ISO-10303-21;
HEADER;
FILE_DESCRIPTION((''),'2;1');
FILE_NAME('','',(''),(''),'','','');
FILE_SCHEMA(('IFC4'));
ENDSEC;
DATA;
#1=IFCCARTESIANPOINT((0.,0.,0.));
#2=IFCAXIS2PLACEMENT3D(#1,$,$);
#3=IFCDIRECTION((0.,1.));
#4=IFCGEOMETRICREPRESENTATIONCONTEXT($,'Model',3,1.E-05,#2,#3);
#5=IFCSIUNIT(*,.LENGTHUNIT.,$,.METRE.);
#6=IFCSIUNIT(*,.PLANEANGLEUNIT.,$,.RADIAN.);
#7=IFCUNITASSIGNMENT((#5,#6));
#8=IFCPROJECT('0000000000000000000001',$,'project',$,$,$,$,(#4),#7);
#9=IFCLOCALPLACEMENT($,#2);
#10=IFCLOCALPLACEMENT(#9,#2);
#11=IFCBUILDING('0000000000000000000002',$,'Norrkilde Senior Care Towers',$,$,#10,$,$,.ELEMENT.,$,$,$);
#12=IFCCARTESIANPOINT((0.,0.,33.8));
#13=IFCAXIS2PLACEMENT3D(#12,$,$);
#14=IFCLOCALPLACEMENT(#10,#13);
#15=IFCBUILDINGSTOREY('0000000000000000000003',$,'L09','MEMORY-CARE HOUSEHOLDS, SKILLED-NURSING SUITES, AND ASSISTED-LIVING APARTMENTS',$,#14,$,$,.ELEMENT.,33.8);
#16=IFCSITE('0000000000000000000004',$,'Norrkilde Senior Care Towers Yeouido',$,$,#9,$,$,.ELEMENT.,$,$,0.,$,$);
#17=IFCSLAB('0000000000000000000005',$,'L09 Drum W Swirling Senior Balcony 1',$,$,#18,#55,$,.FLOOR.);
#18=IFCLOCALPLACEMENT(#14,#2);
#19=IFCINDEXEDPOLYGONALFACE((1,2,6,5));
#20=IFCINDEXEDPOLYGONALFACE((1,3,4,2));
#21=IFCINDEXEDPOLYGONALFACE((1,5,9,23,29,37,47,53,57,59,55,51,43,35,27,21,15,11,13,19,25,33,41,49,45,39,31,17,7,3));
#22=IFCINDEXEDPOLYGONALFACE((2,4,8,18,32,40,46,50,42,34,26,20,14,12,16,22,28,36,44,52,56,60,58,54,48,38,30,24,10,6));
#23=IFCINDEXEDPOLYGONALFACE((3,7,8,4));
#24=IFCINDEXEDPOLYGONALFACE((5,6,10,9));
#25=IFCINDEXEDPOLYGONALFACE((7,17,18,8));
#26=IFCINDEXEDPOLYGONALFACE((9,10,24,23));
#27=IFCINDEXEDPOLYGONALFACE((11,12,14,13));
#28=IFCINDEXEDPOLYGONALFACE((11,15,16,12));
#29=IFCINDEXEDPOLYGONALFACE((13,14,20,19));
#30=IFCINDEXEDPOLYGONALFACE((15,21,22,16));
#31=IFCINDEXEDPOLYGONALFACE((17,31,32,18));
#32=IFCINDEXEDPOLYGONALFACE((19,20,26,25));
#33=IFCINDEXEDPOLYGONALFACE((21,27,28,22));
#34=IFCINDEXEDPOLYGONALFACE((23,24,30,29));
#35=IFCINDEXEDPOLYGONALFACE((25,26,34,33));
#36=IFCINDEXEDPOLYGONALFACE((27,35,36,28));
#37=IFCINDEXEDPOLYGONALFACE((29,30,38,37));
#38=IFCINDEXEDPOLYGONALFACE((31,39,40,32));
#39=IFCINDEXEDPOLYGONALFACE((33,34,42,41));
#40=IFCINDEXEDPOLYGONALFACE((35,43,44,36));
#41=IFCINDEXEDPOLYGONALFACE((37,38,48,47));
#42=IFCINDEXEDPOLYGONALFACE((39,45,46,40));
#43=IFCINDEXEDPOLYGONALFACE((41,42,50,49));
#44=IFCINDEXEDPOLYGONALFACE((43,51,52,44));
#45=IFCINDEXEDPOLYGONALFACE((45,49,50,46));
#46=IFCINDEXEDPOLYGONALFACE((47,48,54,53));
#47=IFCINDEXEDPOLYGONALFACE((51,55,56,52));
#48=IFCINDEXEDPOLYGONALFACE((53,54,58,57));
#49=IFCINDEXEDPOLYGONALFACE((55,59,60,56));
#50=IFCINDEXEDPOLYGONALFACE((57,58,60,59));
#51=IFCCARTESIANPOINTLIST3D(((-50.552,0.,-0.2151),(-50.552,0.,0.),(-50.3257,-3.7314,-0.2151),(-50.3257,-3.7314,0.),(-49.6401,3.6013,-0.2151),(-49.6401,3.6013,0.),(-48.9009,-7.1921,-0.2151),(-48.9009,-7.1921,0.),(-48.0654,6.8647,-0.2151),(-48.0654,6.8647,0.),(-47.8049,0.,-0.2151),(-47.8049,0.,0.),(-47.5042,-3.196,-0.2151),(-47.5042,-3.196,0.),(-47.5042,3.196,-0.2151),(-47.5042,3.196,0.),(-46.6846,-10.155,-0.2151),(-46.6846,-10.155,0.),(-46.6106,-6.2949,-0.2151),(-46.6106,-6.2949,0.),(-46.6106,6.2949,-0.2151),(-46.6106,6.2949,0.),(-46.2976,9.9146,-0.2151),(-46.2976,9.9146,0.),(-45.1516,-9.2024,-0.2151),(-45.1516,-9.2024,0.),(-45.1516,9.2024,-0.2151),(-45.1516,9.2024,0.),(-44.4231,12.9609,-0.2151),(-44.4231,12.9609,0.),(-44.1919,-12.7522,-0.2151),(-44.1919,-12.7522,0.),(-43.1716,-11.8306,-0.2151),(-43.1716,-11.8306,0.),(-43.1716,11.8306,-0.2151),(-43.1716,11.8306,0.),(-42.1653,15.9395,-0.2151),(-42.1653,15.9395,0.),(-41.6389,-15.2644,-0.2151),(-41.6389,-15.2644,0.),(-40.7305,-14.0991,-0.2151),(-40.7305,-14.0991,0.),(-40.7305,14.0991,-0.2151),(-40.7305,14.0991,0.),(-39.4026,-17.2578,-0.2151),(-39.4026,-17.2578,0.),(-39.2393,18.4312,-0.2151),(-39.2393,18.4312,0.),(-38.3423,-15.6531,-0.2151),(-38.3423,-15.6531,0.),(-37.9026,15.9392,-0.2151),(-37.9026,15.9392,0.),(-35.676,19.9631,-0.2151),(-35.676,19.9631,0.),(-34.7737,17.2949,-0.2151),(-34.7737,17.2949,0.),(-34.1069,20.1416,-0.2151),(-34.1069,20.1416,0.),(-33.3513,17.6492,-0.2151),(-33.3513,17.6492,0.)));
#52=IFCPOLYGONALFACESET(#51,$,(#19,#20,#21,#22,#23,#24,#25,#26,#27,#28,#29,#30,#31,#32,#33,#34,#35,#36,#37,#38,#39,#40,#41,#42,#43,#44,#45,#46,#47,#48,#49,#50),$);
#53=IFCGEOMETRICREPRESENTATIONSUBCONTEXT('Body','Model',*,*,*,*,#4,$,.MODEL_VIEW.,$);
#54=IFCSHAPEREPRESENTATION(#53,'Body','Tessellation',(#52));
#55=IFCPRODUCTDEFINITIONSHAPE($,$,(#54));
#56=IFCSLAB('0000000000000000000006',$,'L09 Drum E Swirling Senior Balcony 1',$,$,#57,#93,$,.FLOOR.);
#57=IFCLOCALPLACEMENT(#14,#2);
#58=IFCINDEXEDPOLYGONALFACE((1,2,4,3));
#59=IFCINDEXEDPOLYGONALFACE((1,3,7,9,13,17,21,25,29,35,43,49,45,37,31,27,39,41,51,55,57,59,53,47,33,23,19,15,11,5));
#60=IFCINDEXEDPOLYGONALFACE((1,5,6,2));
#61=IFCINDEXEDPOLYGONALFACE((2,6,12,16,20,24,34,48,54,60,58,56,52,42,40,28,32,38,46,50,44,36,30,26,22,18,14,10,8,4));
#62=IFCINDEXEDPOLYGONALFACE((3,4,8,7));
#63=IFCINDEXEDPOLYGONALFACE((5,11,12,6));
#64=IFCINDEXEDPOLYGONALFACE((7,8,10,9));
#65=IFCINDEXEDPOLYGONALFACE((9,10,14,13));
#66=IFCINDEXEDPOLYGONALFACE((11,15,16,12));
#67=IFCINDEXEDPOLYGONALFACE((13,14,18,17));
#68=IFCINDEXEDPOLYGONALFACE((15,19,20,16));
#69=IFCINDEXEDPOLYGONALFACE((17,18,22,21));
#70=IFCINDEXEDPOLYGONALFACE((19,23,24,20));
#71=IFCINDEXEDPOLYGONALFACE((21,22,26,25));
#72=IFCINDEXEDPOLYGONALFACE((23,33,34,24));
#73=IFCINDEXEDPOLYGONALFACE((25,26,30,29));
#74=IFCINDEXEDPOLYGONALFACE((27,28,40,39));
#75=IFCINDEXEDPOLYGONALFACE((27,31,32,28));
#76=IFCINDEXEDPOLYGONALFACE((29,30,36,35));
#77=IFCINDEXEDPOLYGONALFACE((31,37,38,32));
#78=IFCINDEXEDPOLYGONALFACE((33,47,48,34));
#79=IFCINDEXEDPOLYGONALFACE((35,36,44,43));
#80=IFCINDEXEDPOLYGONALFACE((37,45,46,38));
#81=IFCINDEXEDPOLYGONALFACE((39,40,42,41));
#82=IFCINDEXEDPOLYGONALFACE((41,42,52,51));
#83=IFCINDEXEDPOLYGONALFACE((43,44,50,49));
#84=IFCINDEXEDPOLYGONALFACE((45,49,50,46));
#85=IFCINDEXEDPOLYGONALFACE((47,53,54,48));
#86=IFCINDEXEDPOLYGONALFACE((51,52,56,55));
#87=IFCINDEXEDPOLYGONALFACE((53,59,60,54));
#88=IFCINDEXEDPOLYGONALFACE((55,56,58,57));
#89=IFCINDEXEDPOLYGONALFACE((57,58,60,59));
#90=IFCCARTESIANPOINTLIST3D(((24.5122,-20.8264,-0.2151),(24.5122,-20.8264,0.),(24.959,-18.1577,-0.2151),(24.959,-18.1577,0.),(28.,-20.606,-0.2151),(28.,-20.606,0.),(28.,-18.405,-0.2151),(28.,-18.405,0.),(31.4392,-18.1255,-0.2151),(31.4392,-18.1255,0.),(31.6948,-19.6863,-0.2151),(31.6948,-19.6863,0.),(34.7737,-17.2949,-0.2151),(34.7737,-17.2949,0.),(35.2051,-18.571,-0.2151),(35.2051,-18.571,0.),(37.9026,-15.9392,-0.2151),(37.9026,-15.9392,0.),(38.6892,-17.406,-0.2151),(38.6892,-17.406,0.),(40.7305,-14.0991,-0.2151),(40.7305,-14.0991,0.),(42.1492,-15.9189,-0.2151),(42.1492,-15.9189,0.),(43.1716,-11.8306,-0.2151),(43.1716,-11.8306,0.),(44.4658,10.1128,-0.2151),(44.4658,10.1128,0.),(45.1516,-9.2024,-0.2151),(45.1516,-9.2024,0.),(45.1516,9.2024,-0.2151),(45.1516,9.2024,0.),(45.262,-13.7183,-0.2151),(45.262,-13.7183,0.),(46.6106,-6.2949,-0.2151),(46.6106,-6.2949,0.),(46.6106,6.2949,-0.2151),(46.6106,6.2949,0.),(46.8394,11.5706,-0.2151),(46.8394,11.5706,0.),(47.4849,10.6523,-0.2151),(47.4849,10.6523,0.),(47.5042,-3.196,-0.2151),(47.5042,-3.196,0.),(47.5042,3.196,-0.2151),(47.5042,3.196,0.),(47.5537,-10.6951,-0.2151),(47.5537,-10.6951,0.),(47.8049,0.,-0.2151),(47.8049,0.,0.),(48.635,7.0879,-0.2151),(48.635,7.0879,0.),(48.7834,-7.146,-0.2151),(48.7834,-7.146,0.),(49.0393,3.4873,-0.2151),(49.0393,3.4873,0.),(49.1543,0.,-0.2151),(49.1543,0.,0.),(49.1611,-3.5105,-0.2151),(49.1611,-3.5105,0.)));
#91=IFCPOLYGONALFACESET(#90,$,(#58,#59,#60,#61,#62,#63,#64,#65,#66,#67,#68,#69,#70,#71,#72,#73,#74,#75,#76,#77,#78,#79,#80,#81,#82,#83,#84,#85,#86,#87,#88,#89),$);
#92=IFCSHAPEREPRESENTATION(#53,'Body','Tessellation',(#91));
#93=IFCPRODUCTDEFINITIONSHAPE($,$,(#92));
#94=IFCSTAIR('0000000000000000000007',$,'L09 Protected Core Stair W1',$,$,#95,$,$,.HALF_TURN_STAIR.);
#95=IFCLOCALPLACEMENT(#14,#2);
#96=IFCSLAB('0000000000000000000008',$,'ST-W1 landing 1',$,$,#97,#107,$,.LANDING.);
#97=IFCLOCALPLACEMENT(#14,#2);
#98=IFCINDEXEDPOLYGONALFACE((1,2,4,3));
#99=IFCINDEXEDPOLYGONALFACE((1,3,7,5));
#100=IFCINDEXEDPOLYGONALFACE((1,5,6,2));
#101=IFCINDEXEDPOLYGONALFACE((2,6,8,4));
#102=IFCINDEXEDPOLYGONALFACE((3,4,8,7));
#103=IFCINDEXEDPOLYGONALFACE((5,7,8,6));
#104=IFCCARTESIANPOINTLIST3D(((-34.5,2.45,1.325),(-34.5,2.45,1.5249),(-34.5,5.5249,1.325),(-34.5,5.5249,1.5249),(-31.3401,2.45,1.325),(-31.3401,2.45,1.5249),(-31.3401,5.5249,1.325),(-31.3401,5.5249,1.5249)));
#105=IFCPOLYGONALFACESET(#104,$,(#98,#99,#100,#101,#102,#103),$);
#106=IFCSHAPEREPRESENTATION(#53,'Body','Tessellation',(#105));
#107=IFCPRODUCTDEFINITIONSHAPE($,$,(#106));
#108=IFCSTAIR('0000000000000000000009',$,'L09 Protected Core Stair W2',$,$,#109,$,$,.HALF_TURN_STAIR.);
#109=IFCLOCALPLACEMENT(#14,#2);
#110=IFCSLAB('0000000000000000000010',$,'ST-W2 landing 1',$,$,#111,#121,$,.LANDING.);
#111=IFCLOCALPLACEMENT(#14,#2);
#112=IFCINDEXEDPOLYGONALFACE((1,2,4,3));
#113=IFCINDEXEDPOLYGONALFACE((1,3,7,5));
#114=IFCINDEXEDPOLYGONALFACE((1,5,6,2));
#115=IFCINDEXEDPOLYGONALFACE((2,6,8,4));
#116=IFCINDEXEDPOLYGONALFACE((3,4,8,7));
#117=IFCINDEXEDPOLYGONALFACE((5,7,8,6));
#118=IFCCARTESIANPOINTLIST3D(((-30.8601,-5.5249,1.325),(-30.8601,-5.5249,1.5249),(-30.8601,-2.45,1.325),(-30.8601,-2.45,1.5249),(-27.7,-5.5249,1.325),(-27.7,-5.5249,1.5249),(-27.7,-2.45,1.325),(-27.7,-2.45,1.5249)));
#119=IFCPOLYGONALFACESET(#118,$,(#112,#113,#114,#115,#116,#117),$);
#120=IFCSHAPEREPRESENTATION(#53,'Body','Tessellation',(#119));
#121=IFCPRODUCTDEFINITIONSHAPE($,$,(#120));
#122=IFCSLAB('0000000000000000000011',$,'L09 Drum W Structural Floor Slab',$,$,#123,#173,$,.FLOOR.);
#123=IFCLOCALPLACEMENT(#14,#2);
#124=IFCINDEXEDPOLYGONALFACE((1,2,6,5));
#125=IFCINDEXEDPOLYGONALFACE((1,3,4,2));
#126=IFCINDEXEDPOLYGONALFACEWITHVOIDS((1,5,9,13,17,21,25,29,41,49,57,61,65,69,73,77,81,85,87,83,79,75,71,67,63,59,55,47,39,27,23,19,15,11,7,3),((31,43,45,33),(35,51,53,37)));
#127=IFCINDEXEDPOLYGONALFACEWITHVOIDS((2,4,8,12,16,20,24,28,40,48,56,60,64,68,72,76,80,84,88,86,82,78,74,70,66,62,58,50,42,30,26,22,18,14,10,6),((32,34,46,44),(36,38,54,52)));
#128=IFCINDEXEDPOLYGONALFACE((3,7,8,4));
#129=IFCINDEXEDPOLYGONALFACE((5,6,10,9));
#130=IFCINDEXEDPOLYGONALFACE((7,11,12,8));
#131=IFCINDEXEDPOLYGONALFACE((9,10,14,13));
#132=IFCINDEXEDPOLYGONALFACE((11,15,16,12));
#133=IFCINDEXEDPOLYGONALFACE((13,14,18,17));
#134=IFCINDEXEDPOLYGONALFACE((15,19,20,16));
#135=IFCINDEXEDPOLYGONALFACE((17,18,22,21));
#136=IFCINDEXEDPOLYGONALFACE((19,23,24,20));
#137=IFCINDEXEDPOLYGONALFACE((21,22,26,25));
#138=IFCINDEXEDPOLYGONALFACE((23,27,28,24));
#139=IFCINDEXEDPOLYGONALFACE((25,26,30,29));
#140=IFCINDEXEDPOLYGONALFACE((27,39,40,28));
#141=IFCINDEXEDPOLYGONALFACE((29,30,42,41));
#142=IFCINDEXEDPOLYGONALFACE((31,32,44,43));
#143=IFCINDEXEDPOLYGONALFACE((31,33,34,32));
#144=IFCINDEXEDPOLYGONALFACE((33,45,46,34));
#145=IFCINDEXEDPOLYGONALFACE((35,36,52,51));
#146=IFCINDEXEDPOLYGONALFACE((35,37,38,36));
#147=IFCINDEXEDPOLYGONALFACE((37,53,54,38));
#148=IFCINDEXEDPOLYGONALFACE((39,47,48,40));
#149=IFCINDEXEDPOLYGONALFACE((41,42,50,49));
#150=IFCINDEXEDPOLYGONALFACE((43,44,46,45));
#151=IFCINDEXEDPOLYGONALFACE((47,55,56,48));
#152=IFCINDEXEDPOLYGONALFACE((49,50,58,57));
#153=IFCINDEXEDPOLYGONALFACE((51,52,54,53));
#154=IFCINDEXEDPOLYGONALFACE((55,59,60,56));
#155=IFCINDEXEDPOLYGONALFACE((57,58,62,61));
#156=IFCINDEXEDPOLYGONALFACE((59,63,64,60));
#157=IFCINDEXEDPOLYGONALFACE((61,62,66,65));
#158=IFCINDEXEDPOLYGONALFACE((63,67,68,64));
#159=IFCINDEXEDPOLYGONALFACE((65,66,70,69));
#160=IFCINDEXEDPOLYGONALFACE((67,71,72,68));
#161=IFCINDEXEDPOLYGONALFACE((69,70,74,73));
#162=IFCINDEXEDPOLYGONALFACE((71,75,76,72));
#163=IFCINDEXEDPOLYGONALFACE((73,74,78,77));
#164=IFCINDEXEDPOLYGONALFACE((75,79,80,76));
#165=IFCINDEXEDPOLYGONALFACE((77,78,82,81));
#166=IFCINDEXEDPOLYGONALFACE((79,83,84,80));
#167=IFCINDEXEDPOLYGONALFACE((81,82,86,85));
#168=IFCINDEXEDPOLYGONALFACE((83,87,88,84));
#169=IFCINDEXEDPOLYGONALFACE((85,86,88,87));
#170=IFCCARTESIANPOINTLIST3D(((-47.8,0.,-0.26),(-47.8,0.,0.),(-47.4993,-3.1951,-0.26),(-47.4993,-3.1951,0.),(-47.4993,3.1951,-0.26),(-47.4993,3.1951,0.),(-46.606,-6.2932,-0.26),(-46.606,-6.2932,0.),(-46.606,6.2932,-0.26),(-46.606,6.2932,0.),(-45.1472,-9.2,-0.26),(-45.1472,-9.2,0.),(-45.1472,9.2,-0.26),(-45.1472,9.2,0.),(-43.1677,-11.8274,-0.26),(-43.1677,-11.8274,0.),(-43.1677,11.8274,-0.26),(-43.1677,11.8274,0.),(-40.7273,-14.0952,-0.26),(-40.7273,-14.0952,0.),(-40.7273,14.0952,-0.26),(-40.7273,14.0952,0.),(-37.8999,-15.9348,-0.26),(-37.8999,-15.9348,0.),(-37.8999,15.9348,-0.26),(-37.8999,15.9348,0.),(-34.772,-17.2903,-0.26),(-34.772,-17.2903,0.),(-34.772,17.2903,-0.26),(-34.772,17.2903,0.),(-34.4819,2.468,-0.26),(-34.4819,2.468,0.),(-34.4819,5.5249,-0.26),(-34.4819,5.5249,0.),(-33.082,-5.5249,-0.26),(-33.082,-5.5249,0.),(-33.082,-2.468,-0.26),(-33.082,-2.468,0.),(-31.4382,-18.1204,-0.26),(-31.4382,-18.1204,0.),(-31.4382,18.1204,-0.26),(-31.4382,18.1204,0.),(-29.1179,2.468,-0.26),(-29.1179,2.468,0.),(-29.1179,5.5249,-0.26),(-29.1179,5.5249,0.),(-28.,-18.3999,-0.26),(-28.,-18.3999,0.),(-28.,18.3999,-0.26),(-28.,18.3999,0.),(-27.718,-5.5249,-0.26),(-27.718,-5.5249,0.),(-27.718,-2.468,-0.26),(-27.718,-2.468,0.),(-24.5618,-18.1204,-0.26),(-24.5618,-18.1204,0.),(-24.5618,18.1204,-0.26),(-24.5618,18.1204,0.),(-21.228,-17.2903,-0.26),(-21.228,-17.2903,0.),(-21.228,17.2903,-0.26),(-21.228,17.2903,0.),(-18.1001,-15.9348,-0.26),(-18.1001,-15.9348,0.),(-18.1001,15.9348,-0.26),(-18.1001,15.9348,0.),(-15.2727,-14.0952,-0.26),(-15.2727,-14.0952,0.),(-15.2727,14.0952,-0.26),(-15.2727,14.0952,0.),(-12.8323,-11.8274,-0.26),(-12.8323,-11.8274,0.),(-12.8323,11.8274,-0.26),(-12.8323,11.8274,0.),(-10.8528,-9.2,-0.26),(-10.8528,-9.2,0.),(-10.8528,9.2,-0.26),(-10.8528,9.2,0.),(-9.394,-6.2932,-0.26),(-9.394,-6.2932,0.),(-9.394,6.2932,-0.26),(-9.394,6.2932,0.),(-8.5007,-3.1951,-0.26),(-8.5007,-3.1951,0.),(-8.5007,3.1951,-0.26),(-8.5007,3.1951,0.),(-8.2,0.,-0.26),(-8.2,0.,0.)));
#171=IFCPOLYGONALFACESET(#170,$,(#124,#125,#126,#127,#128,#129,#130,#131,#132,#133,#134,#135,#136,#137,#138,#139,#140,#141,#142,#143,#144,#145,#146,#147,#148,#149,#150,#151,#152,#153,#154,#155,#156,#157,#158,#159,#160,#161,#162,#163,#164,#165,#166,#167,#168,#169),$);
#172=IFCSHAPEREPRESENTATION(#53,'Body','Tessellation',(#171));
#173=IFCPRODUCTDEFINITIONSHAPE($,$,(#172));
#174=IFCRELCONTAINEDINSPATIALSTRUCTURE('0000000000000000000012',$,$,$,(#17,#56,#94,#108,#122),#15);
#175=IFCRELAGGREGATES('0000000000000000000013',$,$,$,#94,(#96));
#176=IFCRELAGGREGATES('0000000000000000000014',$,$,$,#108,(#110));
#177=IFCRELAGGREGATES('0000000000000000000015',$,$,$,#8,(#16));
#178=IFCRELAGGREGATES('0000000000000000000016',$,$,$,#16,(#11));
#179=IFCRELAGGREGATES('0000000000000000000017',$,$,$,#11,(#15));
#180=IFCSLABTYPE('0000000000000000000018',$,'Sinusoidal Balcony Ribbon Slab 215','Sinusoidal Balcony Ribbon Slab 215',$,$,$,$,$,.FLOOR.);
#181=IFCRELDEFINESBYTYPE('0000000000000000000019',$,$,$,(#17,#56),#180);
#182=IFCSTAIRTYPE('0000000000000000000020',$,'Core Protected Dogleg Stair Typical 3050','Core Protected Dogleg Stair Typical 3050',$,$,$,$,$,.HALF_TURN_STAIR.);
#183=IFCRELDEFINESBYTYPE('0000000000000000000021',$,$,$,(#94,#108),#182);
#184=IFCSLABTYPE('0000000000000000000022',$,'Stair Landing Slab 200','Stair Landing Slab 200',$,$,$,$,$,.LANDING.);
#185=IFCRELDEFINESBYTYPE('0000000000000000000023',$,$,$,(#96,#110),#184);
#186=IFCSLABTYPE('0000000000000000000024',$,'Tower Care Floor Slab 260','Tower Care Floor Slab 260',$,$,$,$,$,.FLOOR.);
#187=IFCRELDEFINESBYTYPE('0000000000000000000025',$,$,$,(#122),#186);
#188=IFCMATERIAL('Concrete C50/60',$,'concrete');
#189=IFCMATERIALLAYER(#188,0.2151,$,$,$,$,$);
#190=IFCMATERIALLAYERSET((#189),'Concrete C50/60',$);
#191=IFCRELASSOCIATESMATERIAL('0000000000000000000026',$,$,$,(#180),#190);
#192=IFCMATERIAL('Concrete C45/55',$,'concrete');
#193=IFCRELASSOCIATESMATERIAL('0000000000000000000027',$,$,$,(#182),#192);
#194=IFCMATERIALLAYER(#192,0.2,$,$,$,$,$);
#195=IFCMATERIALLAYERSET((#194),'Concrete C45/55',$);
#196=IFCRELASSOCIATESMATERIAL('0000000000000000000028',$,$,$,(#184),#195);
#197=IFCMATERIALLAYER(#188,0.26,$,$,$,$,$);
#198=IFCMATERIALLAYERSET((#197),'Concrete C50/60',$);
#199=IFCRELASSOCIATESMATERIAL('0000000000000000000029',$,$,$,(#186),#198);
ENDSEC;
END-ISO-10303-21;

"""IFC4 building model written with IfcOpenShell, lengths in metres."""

from ifc_helpers import new_model, si_unit, direction, frame, origin, place, context, subcontext, project, spatial, polyline, outline, extrude, material, layer, layer_set, type_object, element, aggregate, save


model = new_model("IFC4")

# Units and contexts
model_context = context("Model", 3, precision=1e-05, world=origin(), true_north=direction((0.0, 1.0)))
body_context = subcontext(model_context, "Body", "Model", "MODEL_VIEW")
ifc_project = project(units=[si_unit("LENGTHUNIT", "METRE"), si_unit("PLANEANGLEUNIT", "RADIAN")], contexts=[model_context])

# Site, building, storey
site_placement = place(None, origin())
site = spatial("IfcSite", under=ifc_project, at=site_placement, Name="Norrkilde Senior Care Towers Yeouido", CompositionType="ELEMENT", RefElevation=0.0)
building_placement = place(site_placement, origin())
building = spatial("IfcBuilding", under=site, at=building_placement, Name="Norrkilde Senior Care Towers", CompositionType="ELEMENT")
storey_placement = place(building_placement, frame((0.0, 0.0, 33.8)))
storey = spatial("IfcBuildingStorey", under=building, at=storey_placement, Name="L09", Description="MEMORY-CARE HOUSEHOLDS, SKILLED-NURSING SUITES, AND ASSISTED-LIVING APARTMENTS", CompositionType="ELEMENT", Elevation=33.8)

# Slabs
ifc_material_1 = material(Name="Concrete C50/60", Category="concrete")
ifc_layer_1 = layer(ifc_material_1, 0.2151)
ifc_layer_set_1 = layer_set([ifc_layer_1], Name="Concrete C50/60")
slab_type_1 = type_object("IfcSlabType", Name="Sinusoidal Balcony Ribbon Slab 215", Description="Sinusoidal Balcony Ribbon Slab 215", PredefinedType="FLOOR", material=ifc_layer_set_1)
slab_1_placement = place(storey_placement, frame((0.0, 0.0, -0.2151)))
element("IfcSlab", 1, at=slab_1_placement, inside=storey, type_object=slab_type_1, Name="L09 Drum W Swirling Senior Balcony 1", PredefinedType="FLOOR", context=body_context, shape_type="SweptSolid", body=[
    extrude(outline(polyline([(-44.1919, -12.7522), (-46.6846, -10.155), (-48.9009, -7.1921), (-50.3257, -3.7314), (-50.552, 0.0), (-49.6401, 3.6013), (-48.0654, 6.8647), (-46.2976, 9.9146), (-44.4231, 12.9609), (-42.1653, 15.9395), (-39.2393, 18.4312), (-35.676, 19.9631), (-34.1069, 20.1416), (-33.3513, 17.6492), (-34.7737, 17.2949), (-37.9026, 15.9392), (-40.7305, 14.0991), (-43.1716, 11.8306), (-45.1516, 9.2024), (-46.6106, 6.2949), (-47.5042, 3.196), (-47.8049, 0.0), (-47.5042, -3.196), (-46.6106, -6.2949), (-45.1516, -9.2024), (-43.1716, -11.8306), (-40.7305, -14.0991), (-38.3423, -15.6531), (-39.4026, -17.2578), (-41.6389, -15.2644), (-44.1919, -12.7522)])), origin(), (0.0, 0.0, 1.0), 0.2151),
])
slab_2_placement = place(storey_placement, frame((0.0, 0.0, -0.2151)))
element("IfcSlab", 2, at=slab_2_placement, inside=storey, type_object=slab_type_1, Name="L09 Drum E Swirling Senior Balcony 1", PredefinedType="FLOOR", context=body_context, shape_type="SweptSolid", body=[
    extrude(outline(polyline([(47.5537, -10.6951), (45.262, -13.7183), (42.1492, -15.9189), (38.6892, -17.406), (35.2051, -18.571), (31.6948, -19.6863), (28.0, -20.606), (24.5122, -20.8264), (24.959, -18.1577), (28.0, -18.405), (31.4392, -18.1255), (34.7737, -17.2949), (37.9026, -15.9392), (40.7305, -14.0991), (43.1716, -11.8306), (45.1516, -9.2024), (46.6106, -6.2949), (47.5042, -3.196), (47.8049, 0.0), (47.5042, 3.196), (46.6106, 6.2949), (45.1516, 9.2024), (44.4658, 10.1128), (46.8394, 11.5706), (47.4849, 10.6523), (48.635, 7.0879), (49.0393, 3.4873), (49.1543, 0.0), (49.1611, -3.5105), (48.7834, -7.146), (47.5537, -10.6951)])), origin(), (0.0, 0.0, 1.0), 0.2151),
])

# Stairs, slabs
ifc_material_2 = material(Name="Concrete C45/55", Category="concrete")
stair_type = type_object("IfcStairType", Name="Core Protected Dogleg Stair Typical 3050", Description="Core Protected Dogleg Stair Typical 3050", PredefinedType="HALF_TURN_STAIR", material=ifc_material_2)
stair_1_placement = place(storey_placement, origin())
stair_1 = element("IfcStair", 3, at=stair_1_placement, inside=storey, type_object=stair_type, Name="L09 Protected Core Stair W1", PredefinedType="HALF_TURN_STAIR")
ifc_layer_2 = layer(ifc_material_2, 0.2)
ifc_layer_set_2 = layer_set([ifc_layer_2], Name="Concrete C45/55")
slab_type_2 = type_object("IfcSlabType", Name="Stair Landing Slab 200", Description="Stair Landing Slab 200", PredefinedType="LANDING", material=ifc_layer_set_2)
slab_3_placement = place(storey_placement, frame((0.0, 0.0, 1.325)))
slab_3 = element("IfcSlab", 4, at=slab_3_placement, type_object=slab_type_2, Name="ST-W1 landing 1", PredefinedType="LANDING", context=body_context, shape_type="SweptSolid", body=[
    extrude(outline(polyline([(-31.3401, 5.5249), (-34.5, 5.5249), (-34.5, 2.45), (-31.3401, 2.45), (-31.3401, 5.5249)])), origin(), (0.0, 0.0, 1.0), 0.2),
])
aggregate(stair_1, [slab_3])
stair_2_placement = place(storey_placement, origin())
stair_2 = element("IfcStair", 5, at=stair_2_placement, inside=storey, type_object=stair_type, Name="L09 Protected Core Stair W2", PredefinedType="HALF_TURN_STAIR")
slab_4_placement = place(storey_placement, frame((0.0, 0.0, 1.325)))
slab_4 = element("IfcSlab", 6, at=slab_4_placement, type_object=slab_type_2, Name="ST-W2 landing 1", PredefinedType="LANDING", context=body_context, shape_type="SweptSolid", body=[
    extrude(outline(polyline([(-30.8601, -5.5249), (-27.7, -5.5249), (-27.7, -2.45), (-30.8601, -2.45), (-30.8601, -5.5249)])), origin(), (0.0, 0.0, 1.0), 0.2),
])
aggregate(stair_2, [slab_4])

# Slab
ifc_layer_3 = layer(ifc_material_1, 0.26)
ifc_layer_set_3 = layer_set([ifc_layer_3], Name="Concrete C50/60")
slab_type_3 = type_object("IfcSlabType", Name="Tower Care Floor Slab 260", Description="Tower Care Floor Slab 260", PredefinedType="FLOOR", material=ifc_layer_set_3)
slab_5_placement = place(storey_placement, frame((0.0, 0.0, -0.26)))
element("IfcSlab", 7, at=slab_5_placement, inside=storey, type_object=slab_type_3, Name="L09 Drum W Structural Floor Slab", PredefinedType="FLOOR", context=body_context, shape_type="SweptSolid", body=[
    extrude(outline(polyline([(-9.394, -6.2932), (-10.8528, -9.2), (-12.8323, -11.8274), (-15.2727, -14.0952), (-18.1001, -15.9348), (-21.228, -17.2903), (-24.5618, -18.1204), (-28.0, -18.3999), (-31.4382, -18.1204), (-34.772, -17.2903), (-37.8999, -15.9348), (-40.7273, -14.0952), (-43.1677, -11.8274), (-45.1472, -9.2), (-46.606, -6.2932), (-47.4993, -3.1951), (-47.8, 0.0), (-47.4993, 3.1951), (-46.606, 6.2932), (-45.1472, 9.2), (-43.1677, 11.8274), (-40.7273, 14.0952), (-37.8999, 15.9348), (-34.772, 17.2903), (-31.4382, 18.1204), (-28.0, 18.3999), (-24.5618, 18.1204), (-21.228, 17.2903), (-18.1001, 15.9348), (-15.2727, 14.0952), (-12.8323, 11.8274), (-10.8528, 9.2), (-9.394, 6.2932), (-8.5007, 3.1951), (-8.2, 0.0), (-8.5007, -3.1951), (-9.394, -6.2932)]), holes=[polyline([(-34.4819, 2.468), (-29.1179, 2.468), (-29.1179, 5.5249), (-34.4819, 5.5249), (-34.4819, 2.468)]), polyline([(-27.718, -5.5249), (-27.718, -2.468), (-33.082, -2.468), (-33.082, -5.5249), (-27.718, -5.5249)])]), origin(), (0.0, 0.0, 1.0), 0.26),
])

save(model, "model.ifc")
